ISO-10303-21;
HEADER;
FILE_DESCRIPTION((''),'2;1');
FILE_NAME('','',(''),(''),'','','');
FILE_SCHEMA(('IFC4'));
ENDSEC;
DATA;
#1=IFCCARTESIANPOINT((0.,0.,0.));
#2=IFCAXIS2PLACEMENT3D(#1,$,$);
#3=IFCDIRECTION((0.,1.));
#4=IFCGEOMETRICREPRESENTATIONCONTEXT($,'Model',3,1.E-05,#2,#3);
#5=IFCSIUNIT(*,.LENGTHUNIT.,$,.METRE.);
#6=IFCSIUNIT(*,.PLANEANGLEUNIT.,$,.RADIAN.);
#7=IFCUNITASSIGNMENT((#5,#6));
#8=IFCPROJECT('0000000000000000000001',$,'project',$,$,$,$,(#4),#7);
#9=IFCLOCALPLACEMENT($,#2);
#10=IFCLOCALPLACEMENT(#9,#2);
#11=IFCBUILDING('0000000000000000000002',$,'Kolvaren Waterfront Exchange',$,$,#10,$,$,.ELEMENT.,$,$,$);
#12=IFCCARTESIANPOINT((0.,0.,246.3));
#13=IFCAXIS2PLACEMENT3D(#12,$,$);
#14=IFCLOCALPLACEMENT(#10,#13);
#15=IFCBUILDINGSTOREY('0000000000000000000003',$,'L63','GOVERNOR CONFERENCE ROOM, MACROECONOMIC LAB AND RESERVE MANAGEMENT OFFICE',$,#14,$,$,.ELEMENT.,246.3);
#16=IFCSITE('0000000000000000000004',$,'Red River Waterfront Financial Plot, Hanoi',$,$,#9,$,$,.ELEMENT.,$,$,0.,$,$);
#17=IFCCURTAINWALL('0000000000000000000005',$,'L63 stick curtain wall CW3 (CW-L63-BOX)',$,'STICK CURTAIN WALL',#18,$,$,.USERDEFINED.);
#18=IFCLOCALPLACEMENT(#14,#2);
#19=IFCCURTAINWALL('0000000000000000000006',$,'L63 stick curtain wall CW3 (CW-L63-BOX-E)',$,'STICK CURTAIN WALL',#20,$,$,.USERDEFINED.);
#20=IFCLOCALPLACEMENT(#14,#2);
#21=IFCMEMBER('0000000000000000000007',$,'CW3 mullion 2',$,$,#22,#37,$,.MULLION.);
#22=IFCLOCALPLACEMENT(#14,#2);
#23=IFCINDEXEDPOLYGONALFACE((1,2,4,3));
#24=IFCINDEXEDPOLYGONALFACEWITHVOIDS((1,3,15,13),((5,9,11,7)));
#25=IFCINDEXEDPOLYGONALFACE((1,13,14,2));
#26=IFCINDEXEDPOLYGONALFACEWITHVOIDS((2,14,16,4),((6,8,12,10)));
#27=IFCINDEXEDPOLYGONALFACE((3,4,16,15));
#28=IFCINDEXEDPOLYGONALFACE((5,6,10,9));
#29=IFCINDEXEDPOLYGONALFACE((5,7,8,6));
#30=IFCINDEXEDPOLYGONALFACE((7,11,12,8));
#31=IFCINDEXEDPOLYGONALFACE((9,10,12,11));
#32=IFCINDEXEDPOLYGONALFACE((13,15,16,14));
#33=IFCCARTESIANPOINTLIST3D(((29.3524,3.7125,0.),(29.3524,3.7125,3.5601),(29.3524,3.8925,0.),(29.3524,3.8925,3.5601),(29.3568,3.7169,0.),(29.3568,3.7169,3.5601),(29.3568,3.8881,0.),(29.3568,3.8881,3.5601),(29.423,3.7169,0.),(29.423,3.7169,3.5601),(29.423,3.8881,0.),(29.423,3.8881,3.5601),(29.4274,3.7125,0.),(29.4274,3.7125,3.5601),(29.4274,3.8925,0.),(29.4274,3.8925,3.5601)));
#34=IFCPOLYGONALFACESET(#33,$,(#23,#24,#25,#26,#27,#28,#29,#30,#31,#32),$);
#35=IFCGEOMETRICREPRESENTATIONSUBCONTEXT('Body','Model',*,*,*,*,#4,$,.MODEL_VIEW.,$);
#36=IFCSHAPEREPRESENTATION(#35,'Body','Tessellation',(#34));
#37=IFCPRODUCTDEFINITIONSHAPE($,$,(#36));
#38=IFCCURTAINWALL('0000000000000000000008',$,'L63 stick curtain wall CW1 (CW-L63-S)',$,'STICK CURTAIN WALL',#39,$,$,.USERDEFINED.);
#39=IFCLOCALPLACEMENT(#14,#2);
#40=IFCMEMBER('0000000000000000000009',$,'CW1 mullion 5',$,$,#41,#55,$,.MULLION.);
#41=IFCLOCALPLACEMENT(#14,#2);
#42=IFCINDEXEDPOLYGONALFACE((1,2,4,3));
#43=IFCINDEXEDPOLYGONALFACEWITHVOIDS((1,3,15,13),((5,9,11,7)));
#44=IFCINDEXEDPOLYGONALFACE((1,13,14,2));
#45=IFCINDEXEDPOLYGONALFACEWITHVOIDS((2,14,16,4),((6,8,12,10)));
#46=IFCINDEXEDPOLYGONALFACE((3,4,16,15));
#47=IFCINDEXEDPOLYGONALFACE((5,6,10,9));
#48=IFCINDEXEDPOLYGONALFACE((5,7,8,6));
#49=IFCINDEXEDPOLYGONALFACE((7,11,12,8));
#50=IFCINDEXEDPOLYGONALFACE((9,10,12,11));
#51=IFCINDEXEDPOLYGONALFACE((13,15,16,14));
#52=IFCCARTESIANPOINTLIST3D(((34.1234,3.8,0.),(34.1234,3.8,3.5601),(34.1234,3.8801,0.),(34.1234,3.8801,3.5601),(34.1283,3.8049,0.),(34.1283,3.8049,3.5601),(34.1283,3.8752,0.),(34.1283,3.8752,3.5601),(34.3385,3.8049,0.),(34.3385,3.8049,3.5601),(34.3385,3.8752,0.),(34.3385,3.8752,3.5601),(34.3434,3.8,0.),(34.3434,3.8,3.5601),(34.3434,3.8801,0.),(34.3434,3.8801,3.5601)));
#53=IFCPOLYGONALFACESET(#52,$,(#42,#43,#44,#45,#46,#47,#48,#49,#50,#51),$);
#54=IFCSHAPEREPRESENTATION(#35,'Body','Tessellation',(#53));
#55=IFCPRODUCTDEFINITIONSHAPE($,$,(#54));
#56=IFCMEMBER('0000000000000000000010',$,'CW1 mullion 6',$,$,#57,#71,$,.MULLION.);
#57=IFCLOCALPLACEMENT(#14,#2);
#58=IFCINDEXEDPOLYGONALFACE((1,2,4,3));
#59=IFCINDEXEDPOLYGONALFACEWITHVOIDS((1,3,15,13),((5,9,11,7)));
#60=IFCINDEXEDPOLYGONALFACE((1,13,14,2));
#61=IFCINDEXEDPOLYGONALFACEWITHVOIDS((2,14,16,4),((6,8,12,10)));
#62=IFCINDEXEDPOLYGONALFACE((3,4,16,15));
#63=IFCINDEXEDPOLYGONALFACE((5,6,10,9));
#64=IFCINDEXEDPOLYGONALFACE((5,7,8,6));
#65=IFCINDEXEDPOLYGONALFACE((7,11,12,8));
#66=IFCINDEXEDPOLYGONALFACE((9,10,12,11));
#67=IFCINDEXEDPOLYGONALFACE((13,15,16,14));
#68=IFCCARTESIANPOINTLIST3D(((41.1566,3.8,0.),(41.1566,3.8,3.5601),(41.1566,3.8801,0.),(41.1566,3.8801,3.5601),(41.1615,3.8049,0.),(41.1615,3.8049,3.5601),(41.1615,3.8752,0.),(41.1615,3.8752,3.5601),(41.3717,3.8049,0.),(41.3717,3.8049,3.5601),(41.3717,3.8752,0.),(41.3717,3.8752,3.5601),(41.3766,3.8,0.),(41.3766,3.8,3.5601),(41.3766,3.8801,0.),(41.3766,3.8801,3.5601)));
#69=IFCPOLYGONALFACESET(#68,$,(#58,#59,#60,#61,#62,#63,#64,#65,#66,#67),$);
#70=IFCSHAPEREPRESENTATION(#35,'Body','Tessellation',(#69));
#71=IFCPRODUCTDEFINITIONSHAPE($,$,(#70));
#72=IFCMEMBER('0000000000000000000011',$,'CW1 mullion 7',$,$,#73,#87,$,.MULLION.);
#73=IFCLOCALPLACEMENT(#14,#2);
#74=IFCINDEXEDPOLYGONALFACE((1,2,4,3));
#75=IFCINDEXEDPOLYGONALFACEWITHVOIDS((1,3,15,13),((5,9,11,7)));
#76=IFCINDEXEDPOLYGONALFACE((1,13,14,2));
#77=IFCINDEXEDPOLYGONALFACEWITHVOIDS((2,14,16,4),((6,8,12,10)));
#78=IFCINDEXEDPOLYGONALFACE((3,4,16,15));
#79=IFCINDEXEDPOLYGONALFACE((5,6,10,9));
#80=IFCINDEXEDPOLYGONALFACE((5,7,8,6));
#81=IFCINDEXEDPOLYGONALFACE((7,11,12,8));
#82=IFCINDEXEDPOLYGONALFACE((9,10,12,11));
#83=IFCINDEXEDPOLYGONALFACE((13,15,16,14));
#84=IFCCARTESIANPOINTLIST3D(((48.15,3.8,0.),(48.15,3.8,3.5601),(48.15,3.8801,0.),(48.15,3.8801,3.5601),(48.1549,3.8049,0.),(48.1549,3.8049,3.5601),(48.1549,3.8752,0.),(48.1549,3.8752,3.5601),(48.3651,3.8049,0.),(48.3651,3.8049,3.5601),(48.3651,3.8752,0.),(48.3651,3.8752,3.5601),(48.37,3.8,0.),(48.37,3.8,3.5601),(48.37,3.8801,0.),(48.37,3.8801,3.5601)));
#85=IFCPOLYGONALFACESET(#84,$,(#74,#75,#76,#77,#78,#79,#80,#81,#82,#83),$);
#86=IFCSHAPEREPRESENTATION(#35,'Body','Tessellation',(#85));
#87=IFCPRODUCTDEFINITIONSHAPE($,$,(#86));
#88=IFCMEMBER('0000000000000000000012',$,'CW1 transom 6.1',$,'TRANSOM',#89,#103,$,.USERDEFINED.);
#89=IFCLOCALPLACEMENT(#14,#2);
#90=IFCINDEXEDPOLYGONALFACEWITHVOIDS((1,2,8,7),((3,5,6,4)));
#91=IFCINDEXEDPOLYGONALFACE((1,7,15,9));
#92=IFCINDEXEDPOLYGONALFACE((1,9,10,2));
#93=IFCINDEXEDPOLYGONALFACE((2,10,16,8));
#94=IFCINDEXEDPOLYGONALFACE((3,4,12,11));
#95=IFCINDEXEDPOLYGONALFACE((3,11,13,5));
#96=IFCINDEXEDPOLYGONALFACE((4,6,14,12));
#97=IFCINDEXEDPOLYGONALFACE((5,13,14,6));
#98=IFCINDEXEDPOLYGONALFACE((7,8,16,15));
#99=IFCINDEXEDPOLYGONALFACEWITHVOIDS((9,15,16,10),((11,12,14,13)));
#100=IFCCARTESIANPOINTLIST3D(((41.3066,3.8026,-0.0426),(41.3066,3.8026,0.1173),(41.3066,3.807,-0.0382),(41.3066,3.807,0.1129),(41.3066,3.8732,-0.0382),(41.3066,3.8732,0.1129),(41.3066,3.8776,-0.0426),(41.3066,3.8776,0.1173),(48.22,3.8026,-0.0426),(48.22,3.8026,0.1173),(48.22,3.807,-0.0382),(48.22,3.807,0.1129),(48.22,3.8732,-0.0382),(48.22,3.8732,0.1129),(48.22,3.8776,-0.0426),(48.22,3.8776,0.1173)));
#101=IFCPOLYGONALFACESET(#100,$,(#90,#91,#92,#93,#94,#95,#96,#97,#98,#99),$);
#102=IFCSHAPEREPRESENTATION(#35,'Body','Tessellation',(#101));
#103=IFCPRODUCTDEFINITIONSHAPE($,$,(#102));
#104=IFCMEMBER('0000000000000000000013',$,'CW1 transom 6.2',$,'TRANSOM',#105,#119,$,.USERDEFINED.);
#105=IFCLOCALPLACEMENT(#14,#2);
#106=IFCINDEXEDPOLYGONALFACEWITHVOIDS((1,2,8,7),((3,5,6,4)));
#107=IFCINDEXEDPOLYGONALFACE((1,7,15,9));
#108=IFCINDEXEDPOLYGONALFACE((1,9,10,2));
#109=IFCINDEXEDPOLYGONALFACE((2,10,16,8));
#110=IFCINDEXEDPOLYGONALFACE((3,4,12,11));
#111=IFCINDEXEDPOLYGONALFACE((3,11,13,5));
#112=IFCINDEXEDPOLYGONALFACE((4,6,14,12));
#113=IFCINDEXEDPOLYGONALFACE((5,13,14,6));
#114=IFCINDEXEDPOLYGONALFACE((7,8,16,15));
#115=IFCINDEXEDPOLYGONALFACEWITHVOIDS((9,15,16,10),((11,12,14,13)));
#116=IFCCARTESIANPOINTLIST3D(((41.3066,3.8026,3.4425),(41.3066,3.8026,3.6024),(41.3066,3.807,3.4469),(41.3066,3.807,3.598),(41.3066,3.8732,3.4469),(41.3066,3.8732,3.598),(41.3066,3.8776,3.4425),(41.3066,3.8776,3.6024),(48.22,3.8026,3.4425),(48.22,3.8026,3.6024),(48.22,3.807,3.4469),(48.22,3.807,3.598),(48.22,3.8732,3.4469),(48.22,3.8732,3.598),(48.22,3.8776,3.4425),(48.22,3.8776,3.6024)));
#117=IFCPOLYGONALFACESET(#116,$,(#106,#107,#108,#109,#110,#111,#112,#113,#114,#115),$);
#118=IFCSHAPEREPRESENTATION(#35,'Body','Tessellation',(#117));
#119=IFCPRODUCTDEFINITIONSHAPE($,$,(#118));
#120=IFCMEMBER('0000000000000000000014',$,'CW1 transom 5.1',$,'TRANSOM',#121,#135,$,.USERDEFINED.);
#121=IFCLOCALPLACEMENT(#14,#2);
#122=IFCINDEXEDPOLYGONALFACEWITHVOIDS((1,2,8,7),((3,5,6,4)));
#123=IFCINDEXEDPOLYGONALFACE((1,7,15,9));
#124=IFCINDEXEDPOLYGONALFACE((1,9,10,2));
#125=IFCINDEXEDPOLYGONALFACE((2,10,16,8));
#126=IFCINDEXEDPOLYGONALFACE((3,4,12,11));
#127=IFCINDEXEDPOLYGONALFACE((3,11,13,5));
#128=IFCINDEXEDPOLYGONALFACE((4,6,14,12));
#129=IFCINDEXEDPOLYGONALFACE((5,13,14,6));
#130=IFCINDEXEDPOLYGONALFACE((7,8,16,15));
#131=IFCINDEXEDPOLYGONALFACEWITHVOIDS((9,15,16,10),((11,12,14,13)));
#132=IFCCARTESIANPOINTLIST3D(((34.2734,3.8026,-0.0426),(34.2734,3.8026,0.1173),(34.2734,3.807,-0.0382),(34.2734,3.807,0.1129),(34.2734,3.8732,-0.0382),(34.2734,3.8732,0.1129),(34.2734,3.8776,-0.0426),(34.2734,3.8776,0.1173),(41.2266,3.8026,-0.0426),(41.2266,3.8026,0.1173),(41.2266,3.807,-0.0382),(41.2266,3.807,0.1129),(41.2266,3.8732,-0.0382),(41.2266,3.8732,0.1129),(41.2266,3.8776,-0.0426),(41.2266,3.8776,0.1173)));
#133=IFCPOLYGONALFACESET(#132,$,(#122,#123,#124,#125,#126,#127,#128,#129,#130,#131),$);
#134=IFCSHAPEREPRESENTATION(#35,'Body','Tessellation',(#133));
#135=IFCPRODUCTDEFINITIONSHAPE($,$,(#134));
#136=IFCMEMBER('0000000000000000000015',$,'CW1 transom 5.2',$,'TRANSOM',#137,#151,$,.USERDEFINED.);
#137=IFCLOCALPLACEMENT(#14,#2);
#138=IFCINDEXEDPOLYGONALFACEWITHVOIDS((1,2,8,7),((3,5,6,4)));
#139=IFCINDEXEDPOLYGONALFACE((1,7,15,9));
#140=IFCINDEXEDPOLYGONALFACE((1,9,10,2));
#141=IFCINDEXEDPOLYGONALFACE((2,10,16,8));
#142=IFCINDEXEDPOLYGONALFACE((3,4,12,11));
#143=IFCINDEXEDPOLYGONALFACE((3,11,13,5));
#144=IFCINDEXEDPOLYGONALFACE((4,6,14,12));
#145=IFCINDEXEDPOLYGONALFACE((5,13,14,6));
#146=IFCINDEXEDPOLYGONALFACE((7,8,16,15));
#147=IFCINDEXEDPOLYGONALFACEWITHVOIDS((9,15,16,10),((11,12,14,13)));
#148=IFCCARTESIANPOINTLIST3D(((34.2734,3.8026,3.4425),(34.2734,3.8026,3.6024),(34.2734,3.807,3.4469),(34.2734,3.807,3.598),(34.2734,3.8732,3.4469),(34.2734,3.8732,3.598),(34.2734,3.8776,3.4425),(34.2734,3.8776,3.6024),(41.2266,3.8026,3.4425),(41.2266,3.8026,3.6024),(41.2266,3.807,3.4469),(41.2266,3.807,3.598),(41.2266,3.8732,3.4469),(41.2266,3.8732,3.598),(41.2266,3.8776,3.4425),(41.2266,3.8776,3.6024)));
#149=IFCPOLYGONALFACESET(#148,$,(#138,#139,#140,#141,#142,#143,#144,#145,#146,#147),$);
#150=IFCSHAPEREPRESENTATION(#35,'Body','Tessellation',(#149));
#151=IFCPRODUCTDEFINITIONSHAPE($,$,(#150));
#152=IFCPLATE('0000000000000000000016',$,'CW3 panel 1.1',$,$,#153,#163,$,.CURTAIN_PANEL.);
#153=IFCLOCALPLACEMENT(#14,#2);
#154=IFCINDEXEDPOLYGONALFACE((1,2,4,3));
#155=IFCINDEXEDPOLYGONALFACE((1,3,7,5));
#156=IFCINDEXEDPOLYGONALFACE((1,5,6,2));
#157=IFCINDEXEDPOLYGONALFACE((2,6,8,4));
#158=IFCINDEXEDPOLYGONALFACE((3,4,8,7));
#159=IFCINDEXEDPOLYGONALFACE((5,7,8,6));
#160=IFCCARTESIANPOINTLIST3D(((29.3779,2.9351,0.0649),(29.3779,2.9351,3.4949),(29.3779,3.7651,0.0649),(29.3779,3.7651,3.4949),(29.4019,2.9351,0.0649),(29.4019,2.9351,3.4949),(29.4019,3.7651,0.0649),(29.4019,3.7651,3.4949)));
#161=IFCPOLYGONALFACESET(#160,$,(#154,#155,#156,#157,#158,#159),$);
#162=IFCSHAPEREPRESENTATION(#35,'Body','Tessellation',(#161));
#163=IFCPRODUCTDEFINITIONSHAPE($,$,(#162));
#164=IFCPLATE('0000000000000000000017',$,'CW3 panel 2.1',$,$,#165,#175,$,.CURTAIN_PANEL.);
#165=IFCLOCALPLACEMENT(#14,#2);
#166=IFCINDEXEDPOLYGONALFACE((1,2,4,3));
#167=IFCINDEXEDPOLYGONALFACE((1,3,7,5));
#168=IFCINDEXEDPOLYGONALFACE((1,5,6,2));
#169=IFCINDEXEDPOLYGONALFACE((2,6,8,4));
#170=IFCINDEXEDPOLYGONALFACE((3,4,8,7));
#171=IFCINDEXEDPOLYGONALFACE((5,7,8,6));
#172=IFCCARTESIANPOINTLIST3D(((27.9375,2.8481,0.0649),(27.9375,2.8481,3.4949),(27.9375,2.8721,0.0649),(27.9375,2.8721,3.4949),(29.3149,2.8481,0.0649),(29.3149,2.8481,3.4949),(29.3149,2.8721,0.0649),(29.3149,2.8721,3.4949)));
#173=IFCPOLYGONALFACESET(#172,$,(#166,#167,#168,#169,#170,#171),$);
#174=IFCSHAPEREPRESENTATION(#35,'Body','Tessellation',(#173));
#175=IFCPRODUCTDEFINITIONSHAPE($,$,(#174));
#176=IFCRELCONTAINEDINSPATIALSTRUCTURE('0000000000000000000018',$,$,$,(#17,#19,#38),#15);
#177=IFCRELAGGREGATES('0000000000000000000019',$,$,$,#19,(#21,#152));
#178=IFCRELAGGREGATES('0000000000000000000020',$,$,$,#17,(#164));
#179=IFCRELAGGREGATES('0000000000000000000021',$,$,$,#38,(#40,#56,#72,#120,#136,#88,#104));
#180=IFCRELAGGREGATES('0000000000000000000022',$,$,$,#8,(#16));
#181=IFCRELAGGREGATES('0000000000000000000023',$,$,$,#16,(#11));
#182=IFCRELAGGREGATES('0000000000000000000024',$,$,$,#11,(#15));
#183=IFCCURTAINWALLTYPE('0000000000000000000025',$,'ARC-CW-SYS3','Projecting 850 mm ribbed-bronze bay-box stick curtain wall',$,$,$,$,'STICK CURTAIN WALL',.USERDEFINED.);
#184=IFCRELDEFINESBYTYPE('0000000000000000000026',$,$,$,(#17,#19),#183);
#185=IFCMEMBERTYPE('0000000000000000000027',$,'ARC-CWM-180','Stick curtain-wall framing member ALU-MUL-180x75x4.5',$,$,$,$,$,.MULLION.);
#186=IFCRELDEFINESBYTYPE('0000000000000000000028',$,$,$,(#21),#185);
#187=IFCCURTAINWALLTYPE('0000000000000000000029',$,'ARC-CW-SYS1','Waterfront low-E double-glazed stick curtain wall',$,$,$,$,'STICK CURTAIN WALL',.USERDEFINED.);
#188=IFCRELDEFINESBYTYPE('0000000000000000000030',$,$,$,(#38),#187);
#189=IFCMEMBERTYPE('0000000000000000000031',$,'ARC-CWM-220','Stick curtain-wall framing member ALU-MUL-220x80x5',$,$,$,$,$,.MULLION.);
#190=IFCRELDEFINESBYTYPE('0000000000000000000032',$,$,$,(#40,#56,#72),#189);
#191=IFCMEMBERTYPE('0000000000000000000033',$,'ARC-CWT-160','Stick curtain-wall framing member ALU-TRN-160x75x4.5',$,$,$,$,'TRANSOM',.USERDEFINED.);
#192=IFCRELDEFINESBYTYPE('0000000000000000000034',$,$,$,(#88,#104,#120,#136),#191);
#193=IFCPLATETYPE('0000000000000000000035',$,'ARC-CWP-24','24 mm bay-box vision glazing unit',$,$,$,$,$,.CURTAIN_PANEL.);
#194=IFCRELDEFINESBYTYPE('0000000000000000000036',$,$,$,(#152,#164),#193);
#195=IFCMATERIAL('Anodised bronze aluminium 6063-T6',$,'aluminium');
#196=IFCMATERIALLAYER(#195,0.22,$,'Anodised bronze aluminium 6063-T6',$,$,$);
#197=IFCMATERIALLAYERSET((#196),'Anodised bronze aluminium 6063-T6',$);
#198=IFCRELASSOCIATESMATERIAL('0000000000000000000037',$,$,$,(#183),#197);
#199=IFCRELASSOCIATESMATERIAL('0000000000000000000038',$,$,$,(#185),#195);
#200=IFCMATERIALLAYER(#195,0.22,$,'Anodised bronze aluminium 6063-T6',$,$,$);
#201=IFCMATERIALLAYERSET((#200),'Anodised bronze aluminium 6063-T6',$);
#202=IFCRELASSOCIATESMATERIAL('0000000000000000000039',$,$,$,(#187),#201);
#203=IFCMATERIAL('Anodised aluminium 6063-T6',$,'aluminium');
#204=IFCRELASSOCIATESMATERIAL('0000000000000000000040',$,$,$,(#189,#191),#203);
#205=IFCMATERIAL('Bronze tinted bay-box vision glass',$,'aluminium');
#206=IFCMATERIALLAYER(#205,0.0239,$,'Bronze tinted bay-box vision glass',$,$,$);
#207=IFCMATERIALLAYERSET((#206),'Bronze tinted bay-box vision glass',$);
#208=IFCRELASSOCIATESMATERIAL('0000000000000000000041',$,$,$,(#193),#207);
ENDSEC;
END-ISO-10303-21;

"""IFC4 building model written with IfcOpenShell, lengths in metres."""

from ifc_helpers import new_model, si_unit, direction, frame, origin, origin_with_axes, origin_2d, place, context, subcontext, project, spatial, rectangle, hollow_rectangle, extrude, source, transform, mapped, material, layer, layer_set, material_profile, profile_set, type_object, element, aggregate, save


model = new_model("IFC4")

# Units and contexts
model_context = context("Model", 3, precision=1e-05, world=origin(), true_north=direction((0.0, 1.0)))
body_context = subcontext(model_context, "Body", "Model", "MODEL_VIEW")
ifc_project = project(units=[si_unit("LENGTHUNIT", "METRE"), si_unit("PLANEANGLEUNIT", "RADIAN")], contexts=[model_context])

# Site, building, storey
site_placement = place(None, origin())
site = spatial("IfcSite", under=ifc_project, at=site_placement, Name="Red River Waterfront Financial Plot, Hanoi", CompositionType="ELEMENT", RefElevation=0.0)
building_placement = place(site_placement, origin())
building = spatial("IfcBuilding", under=site, at=building_placement, Name="Kolvaren Waterfront Exchange", CompositionType="ELEMENT")
storey_placement = place(building_placement, frame((0.0, 0.0, 246.3)))
storey = spatial("IfcBuildingStorey", under=building, at=storey_placement, Name="L63", Description="GOVERNOR CONFERENCE ROOM, MACROECONOMIC LAB AND RESERVE MANAGEMENT OFFICE", CompositionType="ELEMENT", Elevation=246.3)

# Curtain walls
ifc_material_1 = material(Name="Anodised bronze aluminium 6063-T6", Category="aluminium")
ifc_layer_1 = layer(ifc_material_1, 0.22, Name="Anodised bronze aluminium 6063-T6")
ifc_layer_set_1 = layer_set([ifc_layer_1], Name="Anodised bronze aluminium 6063-T6")
curtain_wall_type_1 = type_object("IfcCurtainWallType", Name="ARC-CW-SYS3", Description="Projecting 850 mm ribbed-bronze bay-box stick curtain wall", ElementType="STICK CURTAIN WALL", PredefinedType="USERDEFINED", material=ifc_layer_set_1)
curtain_wall_1_placement = place(storey_placement, origin())
curtain_wall_1 = element("IfcCurtainWall", 1, at=curtain_wall_1_placement, inside=storey, type_object=curtain_wall_type_1, Name="L63 stick curtain wall CW3 (CW-L63-BOX)", ObjectType="STICK CURTAIN WALL", PredefinedType="USERDEFINED")
curtain_wall_2_placement = place(storey_placement, origin())
curtain_wall_2 = element("IfcCurtainWall", 2, at=curtain_wall_2_placement, inside=storey, type_object=curtain_wall_type_1, Name="L63 stick curtain wall CW3 (CW-L63-BOX-E)", ObjectType="STICK CURTAIN WALL", PredefinedType="USERDEFINED")

# Member
ifc_material_profile_1 = material_profile(ifc_material_1, hollow_rectangle(XDim=0.075, YDim=0.1799, WallThickness=0.0044, at=origin_2d()), Name="ALU-MUL-180x75x4.5")
ifc_profile_set_1 = profile_set([ifc_material_profile_1], Name="Anodised bronze aluminium 6063-T6")
member_type_1 = type_object("IfcMemberType", Name="ARC-CWM-180", Description="Stick curtain-wall framing member ALU-MUL-180x75x4.5", PredefinedType="MULLION", material=ifc_profile_set_1)
shared_shape_1 = source(origin_with_axes(), body_context, "Body", "SweptSolid", [
    extrude(hollow_rectangle(XDim=0.075, YDim=0.1799, WallThickness=0.0044, at=origin_2d()), origin(), (0.0, 0.0, 1.0), 3.5601),
])
member_1_placement = place(storey_placement, frame((29.3899, 3.8025, 0.0), z_axis=(0.0, 0.0, 1.0), x_axis=(-1.0, 0.0, 0.0)))
member_1 = element("IfcMember", 3, at=member_1_placement, type_object=member_type_1, Name="CW3 mullion 2", PredefinedType="MULLION", context=body_context, shape_type="MappedRepresentation", body=[
    mapped(shared_shape_1, transform((0.0, 0.0, 0.0), x_axis=(1.0, 0.0, 0.0), y_axis=(0.0, 1.0, 0.0), z_axis=(0.0, 0.0, 1.0), scale=1.0)),
])

# Curtain wall, members
ifc_layer_2 = layer(ifc_material_1, 0.22, Name="Anodised bronze aluminium 6063-T6")
ifc_layer_set_2 = layer_set([ifc_layer_2], Name="Anodised bronze aluminium 6063-T6")
curtain_wall_type_2 = type_object("IfcCurtainWallType", Name="ARC-CW-SYS1", Description="Waterfront low-E double-glazed stick curtain wall", ElementType="STICK CURTAIN WALL", PredefinedType="USERDEFINED", material=ifc_layer_set_2)
curtain_wall_3_placement = place(storey_placement, origin())
curtain_wall_3 = element("IfcCurtainWall", 4, at=curtain_wall_3_placement, inside=storey, type_object=curtain_wall_type_2, Name="L63 stick curtain wall CW1 (CW-L63-S)", ObjectType="STICK CURTAIN WALL", PredefinedType="USERDEFINED")
ifc_material_2 = material(Name="Anodised aluminium 6063-T6", Category="aluminium")
ifc_material_profile_2 = material_profile(ifc_material_2, hollow_rectangle(XDim=0.0801, YDim=0.22, WallThickness=0.0049, at=origin_2d()), Name="ALU-MUL-220x80x5")
ifc_profile_set_2 = profile_set([ifc_material_profile_2], Name="Anodised aluminium 6063-T6")
member_type_2 = type_object("IfcMemberType", Name="ARC-CWM-220", Description="Stick curtain-wall framing member ALU-MUL-220x80x5", PredefinedType="MULLION", material=ifc_profile_set_2)
shared_shape_2 = source(origin_with_axes(), body_context, "Body", "SweptSolid", [
    extrude(hollow_rectangle(XDim=0.0801, YDim=0.22, WallThickness=0.0049, at=origin_2d()), origin(), (0.0, 0.0, 1.0), 3.5601),
])
member_2_placement = place(storey_placement, frame((34.2334, 3.8401, 0.0), z_axis=(0.0, 0.0, 1.0), x_axis=(0.0, 1.0, 0.0)))
member_2 = element("IfcMember", 5, at=member_2_placement, type_object=member_type_2, Name="CW1 mullion 5", PredefinedType="MULLION", context=body_context, shape_type="MappedRepresentation", body=[
    mapped(shared_shape_2, transform((0.0, 0.0, 0.0), x_axis=(1.0, 0.0, 0.0), y_axis=(0.0, 1.0, 0.0), z_axis=(0.0, 0.0, 1.0), scale=1.0)),
])
member_3_placement = place(storey_placement, frame((41.2666, 3.8401, 0.0), z_axis=(0.0, 0.0, 1.0), x_axis=(0.0, 1.0, 0.0)))
member_3 = element("IfcMember", 6, at=member_3_placement, type_object=member_type_2, Name="CW1 mullion 6", PredefinedType="MULLION", context=body_context, shape_type="MappedRepresentation", body=[
    mapped(shared_shape_2, transform((0.0, 0.0, 0.0), x_axis=(1.0, 0.0, 0.0), y_axis=(0.0, 1.0, 0.0), z_axis=(0.0, 0.0, 1.0), scale=1.0)),
])
member_4_placement = place(storey_placement, frame((48.26, 3.8401, 0.0), z_axis=(0.0, 0.0, 1.0), x_axis=(0.0, 1.0, 0.0)))
member_4 = element("IfcMember", 7, at=member_4_placement, type_object=member_type_2, Name="CW1 mullion 7", PredefinedType="MULLION", context=body_context, shape_type="MappedRepresentation", body=[
    mapped(shared_shape_2, transform((0.0, 0.0, 0.0), x_axis=(1.0, 0.0, 0.0), y_axis=(0.0, 1.0, 0.0), z_axis=(0.0, 0.0, 1.0), scale=1.0)),
])
ifc_material_profile_3 = material_profile(ifc_material_2, hollow_rectangle(XDim=0.075, YDim=0.1599, WallThickness=0.0044, at=origin_2d()), Name="ALU-TRN-160x75x4.5")
ifc_profile_set_3 = profile_set([ifc_material_profile_3], Name="Anodised aluminium 6063-T6")
member_type_3 = type_object("IfcMemberType", Name="ARC-CWT-160", Description="Stick curtain-wall framing member ALU-TRN-160x75x4.5", ElementType="TRANSOM", PredefinedType="USERDEFINED", material=ifc_profile_set_3)
shared_shape_3 = source(origin_with_axes(), body_context, "Body", "SweptSolid", [
    extrude(hollow_rectangle(XDim=0.075, YDim=0.1599, WallThickness=0.0044, at=origin_2d()), origin(), (0.0, 0.0, 1.0), 6.9133),
])
member_5_placement = place(storey_placement, frame((41.3066, 3.8401, 0.0374), z_axis=(1.0, 0.0, 0.0), x_axis=(0.0, 1.0, 0.0)))
member_5 = element("IfcMember", 8, at=member_5_placement, type_object=member_type_3, Name="CW1 transom 6.1", ObjectType="TRANSOM", PredefinedType="USERDEFINED", context=body_context, shape_type="MappedRepresentation", body=[
    mapped(shared_shape_3, transform((0.0, 0.0, 0.0), x_axis=(1.0, 0.0, 0.0), y_axis=(0.0, 1.0, 0.0), z_axis=(0.0, 0.0, 1.0), scale=1.0)),
])
member_6_placement = place(storey_placement, frame((41.3066, 3.8401, 3.5225), z_axis=(1.0, 0.0, 0.0), x_axis=(0.0, 1.0, 0.0)))
member_6 = element("IfcMember", 9, at=member_6_placement, type_object=member_type_3, Name="CW1 transom 6.2", ObjectType="TRANSOM", PredefinedType="USERDEFINED", context=body_context, shape_type="MappedRepresentation", body=[
    mapped(shared_shape_3, transform((0.0, 0.0, 0.0), x_axis=(1.0, 0.0, 0.0), y_axis=(0.0, 1.0, 0.0), z_axis=(0.0, 0.0, 1.0), scale=1.0)),
])
shared_shape_4 = source(origin_with_axes(), body_context, "Body", "SweptSolid", [
    extrude(hollow_rectangle(XDim=0.075, YDim=0.1599, WallThickness=0.0044, at=origin_2d()), origin(), (0.0, 0.0, 1.0), 6.9531),
])
member_7_placement = place(storey_placement, frame((34.2734, 3.8401, 0.0374), z_axis=(1.0, 0.0, 0.0), x_axis=(0.0, 1.0, 0.0)))
member_7 = element("IfcMember", 10, at=member_7_placement, type_object=member_type_3, Name="CW1 transom 5.1", ObjectType="TRANSOM", PredefinedType="USERDEFINED", context=body_context, shape_type="MappedRepresentation", body=[
    mapped(shared_shape_4, transform((0.0, 0.0, 0.0), x_axis=(1.0, 0.0, 0.0), y_axis=(0.0, 1.0, 0.0), z_axis=(0.0, 0.0, 1.0), scale=1.0)),
])
member_8_placement = place(storey_placement, frame((34.2734, 3.8401, 3.5225), z_axis=(1.0, 0.0, 0.0), x_axis=(0.0, 1.0, 0.0)))
member_8 = element("IfcMember", 11, at=member_8_placement, type_object=member_type_3, Name="CW1 transom 5.2", ObjectType="TRANSOM", PredefinedType="USERDEFINED", context=body_context, shape_type="MappedRepresentation", body=[
    mapped(shared_shape_4, transform((0.0, 0.0, 0.0), x_axis=(1.0, 0.0, 0.0), y_axis=(0.0, 1.0, 0.0), z_axis=(0.0, 0.0, 1.0), scale=1.0)),
])

# Plates
ifc_material_3 = material(Name="Bronze tinted bay-box vision glass", Category="aluminium")
ifc_layer_3 = layer(ifc_material_3, 0.0239, Name="Bronze tinted bay-box vision glass")
ifc_layer_set_3 = layer_set([ifc_layer_3], Name="Bronze tinted bay-box vision glass")
plate_type_1 = type_object("IfcPlateType", Name="ARC-CWP-24", Description="24 mm bay-box vision glazing unit", PredefinedType="CURTAIN_PANEL", material=ifc_layer_set_3)
shared_shape_5 = source(origin_with_axes(), body_context, "Body", "SweptSolid", [
    extrude(rectangle(XDim=0.8301, YDim=0.0239, at=origin_2d()), origin(), (0.0, 0.0, 1.0), 3.4299),
])
plate_1_placement = place(storey_placement, frame((29.3899, 3.3501, 0.0649), z_axis=(0.0, 0.0, 1.0), x_axis=(0.0, 1.0, 0.0)))
plate_1 = element("IfcPlate", 12, at=plate_1_placement, type_object=plate_type_1, Name="CW3 panel 1.1", PredefinedType="CURTAIN_PANEL", context=body_context, shape_type="MappedRepresentation", body=[
    mapped(shared_shape_5, transform((0.0, 0.0, 0.0), x_axis=(1.0, 0.0, 0.0), y_axis=(0.0, 1.0, 0.0), z_axis=(0.0, 0.0, 1.0), scale=1.0)),
])
aggregate(curtain_wall_2, [member_1, plate_1])
shared_shape_6 = source(origin_with_axes(), body_context, "Body", "SweptSolid", [
    extrude(rectangle(XDim=1.3774, YDim=0.0239, at=origin_2d()), origin(), (0.0, 0.0, 1.0), 3.4299),
])
plate_2_placement = place(storey_placement, frame((28.6262, 2.8601, 0.0649), z_axis=(0.0, 0.0, 1.0), x_axis=(1.0, 0.0, 0.0)))
plate_2 = element("IfcPlate", 13, at=plate_2_placement, type_object=plate_type_1, Name="CW3 panel 2.1", PredefinedType="CURTAIN_PANEL", context=body_context, shape_type="MappedRepresentation", body=[
    mapped(shared_shape_6, transform((0.0, 0.0, 0.0), x_axis=(1.0, 0.0, 0.0), y_axis=(0.0, 1.0, 0.0), z_axis=(0.0, 0.0, 1.0), scale=1.0)),
])
aggregate(curtain_wall_1, [plate_2])
aggregate(curtain_wall_3, [member_2, member_3, member_4, member_7, member_8, member_5, member_6])

save(model, "model.ifc")
